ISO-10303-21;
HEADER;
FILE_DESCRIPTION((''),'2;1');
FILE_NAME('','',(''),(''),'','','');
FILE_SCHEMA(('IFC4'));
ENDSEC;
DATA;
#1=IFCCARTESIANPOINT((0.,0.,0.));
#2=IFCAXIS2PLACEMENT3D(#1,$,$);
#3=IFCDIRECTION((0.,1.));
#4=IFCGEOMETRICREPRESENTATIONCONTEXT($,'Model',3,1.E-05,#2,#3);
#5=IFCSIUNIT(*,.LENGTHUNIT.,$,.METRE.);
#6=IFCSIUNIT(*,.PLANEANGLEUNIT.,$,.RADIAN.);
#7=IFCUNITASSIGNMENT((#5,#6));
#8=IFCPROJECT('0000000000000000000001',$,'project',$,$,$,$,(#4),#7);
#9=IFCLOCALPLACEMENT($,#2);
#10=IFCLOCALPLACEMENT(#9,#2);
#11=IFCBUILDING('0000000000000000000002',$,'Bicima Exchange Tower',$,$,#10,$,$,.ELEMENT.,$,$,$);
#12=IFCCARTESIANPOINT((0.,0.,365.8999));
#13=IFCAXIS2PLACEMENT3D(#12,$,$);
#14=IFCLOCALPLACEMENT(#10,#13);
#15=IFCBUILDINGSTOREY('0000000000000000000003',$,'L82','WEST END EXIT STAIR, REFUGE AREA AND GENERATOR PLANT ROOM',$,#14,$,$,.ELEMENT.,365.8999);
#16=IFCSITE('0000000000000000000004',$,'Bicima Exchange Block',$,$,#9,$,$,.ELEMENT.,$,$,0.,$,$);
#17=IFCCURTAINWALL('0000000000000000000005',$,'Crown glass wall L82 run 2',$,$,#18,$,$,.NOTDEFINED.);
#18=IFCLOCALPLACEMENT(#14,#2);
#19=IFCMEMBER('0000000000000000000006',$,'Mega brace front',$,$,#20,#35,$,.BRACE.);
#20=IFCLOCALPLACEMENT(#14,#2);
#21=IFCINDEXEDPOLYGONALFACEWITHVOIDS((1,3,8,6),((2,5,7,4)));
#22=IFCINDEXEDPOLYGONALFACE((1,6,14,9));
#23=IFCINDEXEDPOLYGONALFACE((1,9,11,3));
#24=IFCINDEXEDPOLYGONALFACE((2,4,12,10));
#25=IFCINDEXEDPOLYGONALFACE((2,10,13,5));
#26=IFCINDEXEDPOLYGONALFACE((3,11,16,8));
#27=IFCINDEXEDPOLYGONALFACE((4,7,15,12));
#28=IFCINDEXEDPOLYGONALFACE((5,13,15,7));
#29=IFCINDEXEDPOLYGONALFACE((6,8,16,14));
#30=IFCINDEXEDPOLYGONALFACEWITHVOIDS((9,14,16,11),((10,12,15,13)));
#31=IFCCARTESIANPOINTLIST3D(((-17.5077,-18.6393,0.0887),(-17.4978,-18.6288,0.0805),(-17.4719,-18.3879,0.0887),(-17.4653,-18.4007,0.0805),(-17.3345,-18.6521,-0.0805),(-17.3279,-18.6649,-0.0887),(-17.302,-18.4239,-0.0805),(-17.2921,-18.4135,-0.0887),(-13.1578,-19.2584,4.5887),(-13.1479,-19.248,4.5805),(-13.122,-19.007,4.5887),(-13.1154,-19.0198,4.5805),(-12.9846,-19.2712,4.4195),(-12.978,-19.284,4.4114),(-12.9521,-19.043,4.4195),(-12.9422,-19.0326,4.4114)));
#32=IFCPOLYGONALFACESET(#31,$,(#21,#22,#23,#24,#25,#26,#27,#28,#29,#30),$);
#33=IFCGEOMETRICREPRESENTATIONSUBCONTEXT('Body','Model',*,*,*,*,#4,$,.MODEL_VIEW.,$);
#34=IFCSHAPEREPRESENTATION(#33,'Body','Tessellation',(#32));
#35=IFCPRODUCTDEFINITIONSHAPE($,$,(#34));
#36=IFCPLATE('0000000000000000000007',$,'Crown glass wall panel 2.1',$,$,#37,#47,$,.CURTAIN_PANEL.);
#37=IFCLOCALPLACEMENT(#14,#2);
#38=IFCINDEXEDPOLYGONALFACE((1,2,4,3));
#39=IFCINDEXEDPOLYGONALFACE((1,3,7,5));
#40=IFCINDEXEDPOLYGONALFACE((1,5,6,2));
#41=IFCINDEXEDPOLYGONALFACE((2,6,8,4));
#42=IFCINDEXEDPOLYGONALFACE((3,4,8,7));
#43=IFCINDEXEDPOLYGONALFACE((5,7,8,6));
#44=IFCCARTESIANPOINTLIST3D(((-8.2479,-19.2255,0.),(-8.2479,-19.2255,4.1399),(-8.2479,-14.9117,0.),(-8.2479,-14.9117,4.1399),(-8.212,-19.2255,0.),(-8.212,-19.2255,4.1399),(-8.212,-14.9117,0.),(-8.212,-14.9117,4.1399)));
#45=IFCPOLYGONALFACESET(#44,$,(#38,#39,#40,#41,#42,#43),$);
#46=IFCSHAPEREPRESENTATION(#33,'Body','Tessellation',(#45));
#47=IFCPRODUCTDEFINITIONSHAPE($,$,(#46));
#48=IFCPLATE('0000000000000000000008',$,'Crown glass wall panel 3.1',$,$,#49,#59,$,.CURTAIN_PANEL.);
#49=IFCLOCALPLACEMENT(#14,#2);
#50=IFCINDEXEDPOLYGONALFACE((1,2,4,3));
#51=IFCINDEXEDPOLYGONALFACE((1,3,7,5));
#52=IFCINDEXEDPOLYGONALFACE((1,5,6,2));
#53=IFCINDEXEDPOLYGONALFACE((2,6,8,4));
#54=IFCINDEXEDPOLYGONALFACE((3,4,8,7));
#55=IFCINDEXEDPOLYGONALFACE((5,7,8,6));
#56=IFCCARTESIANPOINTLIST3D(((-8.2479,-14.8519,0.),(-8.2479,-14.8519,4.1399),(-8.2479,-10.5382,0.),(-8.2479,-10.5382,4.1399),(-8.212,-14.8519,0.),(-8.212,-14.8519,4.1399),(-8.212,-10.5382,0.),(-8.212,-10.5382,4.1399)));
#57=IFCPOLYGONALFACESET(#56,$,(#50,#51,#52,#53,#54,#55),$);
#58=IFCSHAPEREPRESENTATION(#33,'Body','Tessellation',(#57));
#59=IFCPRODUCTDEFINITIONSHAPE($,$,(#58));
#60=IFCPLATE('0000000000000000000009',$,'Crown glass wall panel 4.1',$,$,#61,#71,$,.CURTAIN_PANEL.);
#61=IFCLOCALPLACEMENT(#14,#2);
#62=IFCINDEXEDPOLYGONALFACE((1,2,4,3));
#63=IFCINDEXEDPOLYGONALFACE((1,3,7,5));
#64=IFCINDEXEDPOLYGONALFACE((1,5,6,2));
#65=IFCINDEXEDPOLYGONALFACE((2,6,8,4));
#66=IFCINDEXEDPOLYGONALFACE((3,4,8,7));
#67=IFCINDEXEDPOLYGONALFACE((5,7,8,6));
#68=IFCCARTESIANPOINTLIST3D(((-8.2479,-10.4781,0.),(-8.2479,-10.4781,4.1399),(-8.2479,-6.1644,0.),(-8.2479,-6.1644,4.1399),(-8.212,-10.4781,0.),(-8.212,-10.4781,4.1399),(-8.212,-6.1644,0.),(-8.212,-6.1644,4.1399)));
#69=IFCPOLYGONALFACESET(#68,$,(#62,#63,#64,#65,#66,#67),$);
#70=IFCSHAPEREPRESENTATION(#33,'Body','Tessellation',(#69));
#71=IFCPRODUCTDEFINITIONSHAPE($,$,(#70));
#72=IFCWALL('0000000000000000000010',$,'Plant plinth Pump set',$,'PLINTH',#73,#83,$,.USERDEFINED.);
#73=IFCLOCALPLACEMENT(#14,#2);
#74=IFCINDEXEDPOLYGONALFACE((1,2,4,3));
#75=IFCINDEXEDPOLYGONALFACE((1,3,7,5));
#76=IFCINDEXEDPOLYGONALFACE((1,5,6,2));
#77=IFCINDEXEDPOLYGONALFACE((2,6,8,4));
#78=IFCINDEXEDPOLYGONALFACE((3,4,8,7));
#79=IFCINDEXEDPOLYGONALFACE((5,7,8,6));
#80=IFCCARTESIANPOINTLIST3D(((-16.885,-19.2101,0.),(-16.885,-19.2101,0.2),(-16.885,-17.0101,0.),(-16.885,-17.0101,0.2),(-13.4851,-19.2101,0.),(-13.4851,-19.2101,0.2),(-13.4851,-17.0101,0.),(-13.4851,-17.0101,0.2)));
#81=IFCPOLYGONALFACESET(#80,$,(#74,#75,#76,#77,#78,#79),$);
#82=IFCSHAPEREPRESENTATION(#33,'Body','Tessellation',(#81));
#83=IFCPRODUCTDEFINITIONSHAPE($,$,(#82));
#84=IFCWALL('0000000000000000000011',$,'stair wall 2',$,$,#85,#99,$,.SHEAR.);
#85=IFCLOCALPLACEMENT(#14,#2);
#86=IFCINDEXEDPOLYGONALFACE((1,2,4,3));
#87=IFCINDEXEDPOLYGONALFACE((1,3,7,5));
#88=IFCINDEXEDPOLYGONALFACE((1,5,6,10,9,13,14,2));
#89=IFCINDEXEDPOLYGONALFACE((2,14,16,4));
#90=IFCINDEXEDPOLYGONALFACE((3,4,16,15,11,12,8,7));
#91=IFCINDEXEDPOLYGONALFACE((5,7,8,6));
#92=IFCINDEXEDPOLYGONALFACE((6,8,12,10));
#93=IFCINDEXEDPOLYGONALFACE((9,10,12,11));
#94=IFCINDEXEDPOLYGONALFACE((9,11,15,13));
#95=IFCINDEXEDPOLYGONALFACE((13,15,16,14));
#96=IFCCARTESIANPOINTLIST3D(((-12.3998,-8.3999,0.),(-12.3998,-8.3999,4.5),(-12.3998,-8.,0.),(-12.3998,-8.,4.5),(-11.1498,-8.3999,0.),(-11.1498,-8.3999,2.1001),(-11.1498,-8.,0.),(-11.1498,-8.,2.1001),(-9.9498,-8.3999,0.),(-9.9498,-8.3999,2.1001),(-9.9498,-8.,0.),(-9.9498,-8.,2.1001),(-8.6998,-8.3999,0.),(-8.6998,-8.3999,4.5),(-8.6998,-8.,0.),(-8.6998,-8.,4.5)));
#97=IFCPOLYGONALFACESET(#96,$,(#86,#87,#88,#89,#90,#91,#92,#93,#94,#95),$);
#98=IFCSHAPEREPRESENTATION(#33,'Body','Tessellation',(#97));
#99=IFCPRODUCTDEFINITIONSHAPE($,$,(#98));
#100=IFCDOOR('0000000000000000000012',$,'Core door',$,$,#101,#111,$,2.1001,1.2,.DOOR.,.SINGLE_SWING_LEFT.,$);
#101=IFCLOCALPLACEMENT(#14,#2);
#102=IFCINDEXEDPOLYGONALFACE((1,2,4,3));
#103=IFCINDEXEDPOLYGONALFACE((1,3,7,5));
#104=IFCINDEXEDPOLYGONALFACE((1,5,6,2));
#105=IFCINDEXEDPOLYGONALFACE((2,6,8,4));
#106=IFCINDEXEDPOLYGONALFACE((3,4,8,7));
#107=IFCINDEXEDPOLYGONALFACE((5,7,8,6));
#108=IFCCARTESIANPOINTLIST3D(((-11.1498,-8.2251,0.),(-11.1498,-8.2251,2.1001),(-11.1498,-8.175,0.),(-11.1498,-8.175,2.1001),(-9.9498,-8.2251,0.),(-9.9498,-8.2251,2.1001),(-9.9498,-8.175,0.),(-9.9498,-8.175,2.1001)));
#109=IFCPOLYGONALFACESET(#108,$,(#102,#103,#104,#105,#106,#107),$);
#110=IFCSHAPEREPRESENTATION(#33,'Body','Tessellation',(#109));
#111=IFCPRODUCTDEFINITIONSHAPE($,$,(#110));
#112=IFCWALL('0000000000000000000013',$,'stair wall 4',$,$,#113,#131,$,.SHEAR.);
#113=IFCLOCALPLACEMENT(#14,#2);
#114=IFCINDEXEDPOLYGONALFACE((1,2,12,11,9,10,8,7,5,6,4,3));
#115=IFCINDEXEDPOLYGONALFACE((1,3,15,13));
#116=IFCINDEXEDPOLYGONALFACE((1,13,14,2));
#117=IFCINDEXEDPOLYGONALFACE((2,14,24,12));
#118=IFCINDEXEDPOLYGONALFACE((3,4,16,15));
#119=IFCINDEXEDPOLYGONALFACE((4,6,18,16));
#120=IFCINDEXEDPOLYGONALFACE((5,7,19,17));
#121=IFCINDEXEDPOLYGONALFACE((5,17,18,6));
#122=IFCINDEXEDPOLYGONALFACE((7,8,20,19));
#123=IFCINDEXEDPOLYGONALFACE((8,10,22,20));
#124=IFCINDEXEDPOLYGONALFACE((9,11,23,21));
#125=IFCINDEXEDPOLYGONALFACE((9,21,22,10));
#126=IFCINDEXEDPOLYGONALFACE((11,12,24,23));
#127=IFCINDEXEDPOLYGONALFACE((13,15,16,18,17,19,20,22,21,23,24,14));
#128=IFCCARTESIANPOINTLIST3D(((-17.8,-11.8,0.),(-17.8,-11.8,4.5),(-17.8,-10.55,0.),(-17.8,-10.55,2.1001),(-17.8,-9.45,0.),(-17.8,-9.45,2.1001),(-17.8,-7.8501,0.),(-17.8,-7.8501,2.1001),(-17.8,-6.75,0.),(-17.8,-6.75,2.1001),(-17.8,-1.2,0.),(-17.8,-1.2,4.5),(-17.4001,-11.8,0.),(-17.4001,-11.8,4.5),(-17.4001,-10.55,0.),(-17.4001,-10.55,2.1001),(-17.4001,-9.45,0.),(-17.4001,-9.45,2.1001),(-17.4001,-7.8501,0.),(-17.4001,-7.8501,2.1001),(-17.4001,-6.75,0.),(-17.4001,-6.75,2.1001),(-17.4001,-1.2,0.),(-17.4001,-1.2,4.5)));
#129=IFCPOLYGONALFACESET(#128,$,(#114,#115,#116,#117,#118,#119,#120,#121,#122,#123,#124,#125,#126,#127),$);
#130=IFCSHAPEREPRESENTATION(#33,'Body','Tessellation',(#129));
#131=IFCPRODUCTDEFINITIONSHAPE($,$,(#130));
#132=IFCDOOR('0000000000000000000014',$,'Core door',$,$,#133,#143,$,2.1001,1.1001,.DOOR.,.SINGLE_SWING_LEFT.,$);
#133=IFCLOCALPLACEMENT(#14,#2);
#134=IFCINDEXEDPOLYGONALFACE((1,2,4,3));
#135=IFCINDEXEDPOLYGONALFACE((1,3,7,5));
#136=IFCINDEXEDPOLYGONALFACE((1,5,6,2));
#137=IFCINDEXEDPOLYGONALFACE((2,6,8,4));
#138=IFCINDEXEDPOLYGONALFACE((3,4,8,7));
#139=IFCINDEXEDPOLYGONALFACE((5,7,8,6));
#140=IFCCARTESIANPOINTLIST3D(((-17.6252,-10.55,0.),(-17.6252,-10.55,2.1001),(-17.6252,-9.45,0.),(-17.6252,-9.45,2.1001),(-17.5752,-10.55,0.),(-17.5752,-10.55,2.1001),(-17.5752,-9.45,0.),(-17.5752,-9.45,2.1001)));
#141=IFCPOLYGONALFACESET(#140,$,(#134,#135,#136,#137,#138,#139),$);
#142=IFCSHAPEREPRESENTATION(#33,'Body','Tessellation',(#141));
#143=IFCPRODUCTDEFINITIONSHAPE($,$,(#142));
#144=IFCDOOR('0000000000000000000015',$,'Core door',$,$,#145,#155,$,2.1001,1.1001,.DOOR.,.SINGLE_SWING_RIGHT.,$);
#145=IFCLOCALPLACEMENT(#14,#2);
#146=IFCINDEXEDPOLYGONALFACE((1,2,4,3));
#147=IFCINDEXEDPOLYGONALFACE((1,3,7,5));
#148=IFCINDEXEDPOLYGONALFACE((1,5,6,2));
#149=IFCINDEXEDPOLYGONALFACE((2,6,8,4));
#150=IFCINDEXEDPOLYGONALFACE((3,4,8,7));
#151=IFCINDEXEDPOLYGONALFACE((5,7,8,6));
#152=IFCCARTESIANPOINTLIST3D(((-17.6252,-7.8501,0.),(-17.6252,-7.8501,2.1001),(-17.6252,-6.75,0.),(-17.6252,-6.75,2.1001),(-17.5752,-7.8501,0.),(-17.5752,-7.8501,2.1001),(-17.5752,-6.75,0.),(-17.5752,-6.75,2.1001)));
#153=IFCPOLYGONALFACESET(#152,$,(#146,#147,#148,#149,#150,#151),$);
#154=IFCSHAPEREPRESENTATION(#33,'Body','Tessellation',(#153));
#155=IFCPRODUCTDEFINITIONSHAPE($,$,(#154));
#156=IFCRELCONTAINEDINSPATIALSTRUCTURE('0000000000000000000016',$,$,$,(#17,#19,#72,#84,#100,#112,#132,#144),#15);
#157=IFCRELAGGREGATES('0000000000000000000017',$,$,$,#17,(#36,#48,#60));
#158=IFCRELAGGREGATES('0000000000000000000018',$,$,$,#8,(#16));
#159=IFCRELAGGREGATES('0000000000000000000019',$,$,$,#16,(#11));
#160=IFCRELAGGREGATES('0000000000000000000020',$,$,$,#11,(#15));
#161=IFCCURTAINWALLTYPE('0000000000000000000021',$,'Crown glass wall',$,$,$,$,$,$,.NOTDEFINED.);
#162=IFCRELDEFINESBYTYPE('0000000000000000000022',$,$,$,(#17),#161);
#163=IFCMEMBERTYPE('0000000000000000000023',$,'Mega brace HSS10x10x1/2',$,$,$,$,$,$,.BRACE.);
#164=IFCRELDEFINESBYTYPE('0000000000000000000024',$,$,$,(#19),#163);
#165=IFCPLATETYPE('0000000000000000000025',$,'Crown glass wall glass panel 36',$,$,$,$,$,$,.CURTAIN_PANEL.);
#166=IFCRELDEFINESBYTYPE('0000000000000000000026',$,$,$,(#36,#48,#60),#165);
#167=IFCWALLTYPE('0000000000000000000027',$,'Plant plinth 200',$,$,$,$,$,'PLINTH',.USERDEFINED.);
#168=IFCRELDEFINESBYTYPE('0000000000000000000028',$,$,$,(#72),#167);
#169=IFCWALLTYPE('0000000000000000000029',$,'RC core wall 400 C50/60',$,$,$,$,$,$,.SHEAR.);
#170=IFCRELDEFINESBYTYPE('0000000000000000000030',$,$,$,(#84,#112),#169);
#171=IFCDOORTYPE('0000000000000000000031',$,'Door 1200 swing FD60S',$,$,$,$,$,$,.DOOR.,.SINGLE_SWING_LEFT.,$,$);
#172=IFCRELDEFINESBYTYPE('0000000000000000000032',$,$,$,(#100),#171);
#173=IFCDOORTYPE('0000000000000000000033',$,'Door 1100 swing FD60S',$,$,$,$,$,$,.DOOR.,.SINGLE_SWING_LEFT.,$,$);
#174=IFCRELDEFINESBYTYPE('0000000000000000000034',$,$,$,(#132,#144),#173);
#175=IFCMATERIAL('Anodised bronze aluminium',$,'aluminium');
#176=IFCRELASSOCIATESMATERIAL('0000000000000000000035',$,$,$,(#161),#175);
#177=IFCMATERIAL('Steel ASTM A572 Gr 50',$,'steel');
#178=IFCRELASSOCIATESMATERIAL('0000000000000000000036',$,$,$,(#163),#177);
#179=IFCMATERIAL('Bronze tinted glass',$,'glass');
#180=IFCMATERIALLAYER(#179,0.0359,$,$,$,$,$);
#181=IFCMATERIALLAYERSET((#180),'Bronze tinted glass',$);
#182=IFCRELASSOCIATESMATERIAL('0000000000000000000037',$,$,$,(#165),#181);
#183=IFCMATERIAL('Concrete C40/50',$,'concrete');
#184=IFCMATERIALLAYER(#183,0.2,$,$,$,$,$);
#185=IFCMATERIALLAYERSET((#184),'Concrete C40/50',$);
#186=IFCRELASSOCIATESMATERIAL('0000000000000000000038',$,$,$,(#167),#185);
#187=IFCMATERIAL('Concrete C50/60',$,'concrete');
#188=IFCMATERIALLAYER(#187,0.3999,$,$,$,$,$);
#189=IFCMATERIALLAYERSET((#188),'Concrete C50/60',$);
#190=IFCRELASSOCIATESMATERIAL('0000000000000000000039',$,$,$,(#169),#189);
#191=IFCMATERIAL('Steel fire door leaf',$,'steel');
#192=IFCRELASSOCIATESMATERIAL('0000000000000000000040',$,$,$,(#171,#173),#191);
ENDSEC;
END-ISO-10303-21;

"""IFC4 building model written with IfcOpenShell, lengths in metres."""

from ifc_helpers import new_model, si_unit, direction, frame, frame_2d, origin, origin_2d, place, context, subcontext, project, spatial, rectangle, hollow_rectangle, extrude, material, layer, layer_set, material_profile, profile_set, type_object, element, fill, aggregate, save


model = new_model("IFC4")

# Units and contexts
model_context = context("Model", 3, precision=1e-05, world=origin(), true_north=direction((0.0, 1.0)))
body_context = subcontext(model_context, "Body", "Model", "MODEL_VIEW")
ifc_project = project(units=[si_unit("LENGTHUNIT", "METRE"), si_unit("PLANEANGLEUNIT", "RADIAN")], contexts=[model_context])

# Site, building, storey
site_placement = place(None, origin())
site = spatial("IfcSite", under=ifc_project, at=site_placement, Name="Bicima Exchange Block", CompositionType="ELEMENT", RefElevation=0.0)
building_placement = place(site_placement, origin())
building = spatial("IfcBuilding", under=site, at=building_placement, Name="Bicima Exchange Tower", CompositionType="ELEMENT")
storey_placement = place(building_placement, frame((0.0, 0.0, 365.8999)))
storey = spatial("IfcBuildingStorey", under=building, at=storey_placement, Name="L82", Description="WEST END EXIT STAIR, REFUGE AREA AND GENERATOR PLANT ROOM", CompositionType="ELEMENT", Elevation=365.8999)

# Curtain wall
ifc_material_1 = material(Name="Anodised bronze aluminium", Category="aluminium")
curtain_wall_type = type_object("IfcCurtainWallType", Name="Crown glass wall", PredefinedType="NOTDEFINED", material=ifc_material_1)
curtain_wall_placement = place(storey_placement, origin())
curtain_wall = element("IfcCurtainWall", 1, at=curtain_wall_placement, inside=storey, type_object=curtain_wall_type, Name="Crown glass wall L82 run 2", PredefinedType="NOTDEFINED")

# Member
ifc_material_2 = material(Name="Steel ASTM A572 Gr 50", Category="steel")
ifc_material_profile_1 = material_profile(ifc_material_2, hollow_rectangle(XDim=0.2539, YDim=0.2539, WallThickness=0.0117, at=origin_2d()))
ifc_profile_set_1 = profile_set([ifc_material_profile_1], Name="Steel ASTM A572 Gr 50")
member_type_1 = type_object("IfcMemberType", Name="Mega brace HSS10x10x1/2", PredefinedType="BRACE", material=ifc_profile_set_1)
member_1_placement = place(storey_placement, frame((-17.3999, -18.5264, 0.0), z_axis=(0.691634, -0.098444, 0.715508), x_axis=(0.140916, 0.990022, 0.0)))
element("IfcMember", 2, at=member_1_placement, inside=storey, type_object=member_type_1, Name="Mega brace front", PredefinedType="BRACE", context=body_context, shape_type="SweptSolid", body=[
    extrude(hollow_rectangle(XDim=0.2539, YDim=0.2539, WallThickness=0.0117, at=origin_2d()), origin(), (0.0, 0.0, 1.0), 6.2893),
])

# Plates
ifc_material_3 = material(Name="Bronze tinted glass", Category="glass")
ifc_layer_1 = layer(ifc_material_3, 0.0359)
ifc_layer_set_1 = layer_set([ifc_layer_1], Name="Bronze tinted glass")
plate_type = type_object("IfcPlateType", Name="Crown glass wall glass panel 36", PredefinedType="CURTAIN_PANEL", material=ifc_layer_set_1)
plate_1_placement = place(storey_placement, frame((-8.23, -17.0686, 0.0), z_axis=(0.0, 0.0, 1.0), x_axis=(0.0, 1.0, 0.0)))
plate_1 = element("IfcPlate", 3, at=plate_1_placement, type_object=plate_type, Name="Crown glass wall panel 2.1", PredefinedType="CURTAIN_PANEL", context=body_context, shape_type="SweptSolid", body=[
    extrude(rectangle(XDim=4.3137, YDim=0.0359, at=origin_2d()), origin(), (0.0, 0.0, 1.0), 4.1399),
])
plate_2_placement = place(storey_placement, frame((-8.23, -12.6951, 0.0), z_axis=(0.0, 0.0, 1.0), x_axis=(0.0, 1.0, 0.0)))
plate_2 = element("IfcPlate", 4, at=plate_2_placement, type_object=plate_type, Name="Crown glass wall panel 3.1", PredefinedType="CURTAIN_PANEL", context=body_context, shape_type="SweptSolid", body=[
    extrude(rectangle(XDim=4.3137, YDim=0.0359, at=origin_2d()), origin(), (0.0, 0.0, 1.0), 4.1399),
])
plate_3_placement = place(storey_placement, frame((-8.23, -8.3213, 0.0), z_axis=(0.0, 0.0, 1.0), x_axis=(0.0, 1.0, 0.0)))
plate_3 = element("IfcPlate", 5, at=plate_3_placement, type_object=plate_type, Name="Crown glass wall panel 4.1", PredefinedType="CURTAIN_PANEL", context=body_context, shape_type="SweptSolid", body=[
    extrude(rectangle(XDim=4.3137, YDim=0.0359, at=origin_2d()), origin(), (0.0, 0.0, 1.0), 4.1399),
])
aggregate(curtain_wall, [plate_1, plate_2, plate_3])

# Wall
ifc_material_4 = material(Name="Concrete C40/50", Category="concrete")
ifc_layer_2 = layer(ifc_material_4, 0.2)
ifc_layer_set_2 = layer_set([ifc_layer_2], Name="Concrete C40/50")
wall_type_1 = type_object("IfcWallType", Name="Plant plinth 200", ElementType="PLINTH", PredefinedType="USERDEFINED", material=ifc_layer_set_2)
wall_1_placement = place(storey_placement, frame((-15.1851, -18.1101, 0.0), z_axis=(0.0, 0.0, 1.0), x_axis=(1.0, 0.0, 0.0)))
element("IfcWall", 6, at=wall_1_placement, inside=storey, type_object=wall_type_1, Name="Plant plinth Pump set", ObjectType="PLINTH", PredefinedType="USERDEFINED", context=body_context, shape_type="SweptSolid", body=[
    extrude(rectangle(XDim=3.3999, YDim=2.2, at=origin_2d()), origin(), (0.0, 0.0, 1.0), 0.2),
])

# Wall, opening, door
ifc_material_5 = material(Name="Concrete C50/60", Category="concrete")
ifc_layer_3 = layer(ifc_material_5, 0.3999)
ifc_layer_set_3 = layer_set([ifc_layer_3], Name="Concrete C50/60")
wall_type_2 = type_object("IfcWallType", Name="RC core wall 400 C50/60", PredefinedType="SHEAR", material=ifc_layer_set_3)
wall_2_placement = place(storey_placement, frame((-12.3999, -8.2, 0.0), z_axis=(0.0, 0.0, 1.0), x_axis=(1.0, 0.0, 0.0)))
wall_2 = element("IfcWall", 7, at=wall_2_placement, inside=storey, type_object=wall_type_2, Name="stair wall 2", PredefinedType="SHEAR", context=body_context, shape_type="SweptSolid", body=[
    extrude(rectangle(XDim=3.7, YDim=0.3999, at=frame_2d((1.8501, 0.0))), origin(), (0.0, 0.0, 1.0), 4.5),
])
opening_1_placement = place(wall_2_placement, frame((1.25, 0.0, 0.0)))
opening_1 = element("IfcOpeningElement", 8, at=opening_1_placement, cuts=wall_2, PredefinedType="OPENING", context=body_context, shape_type="SweptSolid", body=[
    extrude(rectangle(XDim=1.2, YDim=2.1001, at=frame_2d((0.6001, 1.05))), frame((0.0, 0.2119, 0.0), z_axis=(0.0, -1.0, 0.0), x_axis=(1.0, 0.0, 0.0)), (0.0, 0.0, 1.0), 0.4238),
])
ifc_material_6 = material(Name="Steel fire door leaf", Category="steel")
door_type_1 = type_object("IfcDoorType", Name="Door 1200 swing FD60S", OperationType="SINGLE_SWING_LEFT", PredefinedType="DOOR", material=ifc_material_6)
door_1_placement = place(opening_1_placement, origin())
door_1 = element("IfcDoor", 9, at=door_1_placement, inside=storey, type_object=door_type_1, Name="Core door", OperationType="SINGLE_SWING_LEFT", OverallHeight=2.1001, OverallWidth=1.2, PredefinedType="DOOR", context=body_context, shape_type="SweptSolid", body=[
    extrude(rectangle(XDim=1.2, YDim=2.1001, at=frame_2d((0.6001, 1.05))), frame((0.0, 0.0249, 0.0), z_axis=(0.0, -1.0, 0.0), x_axis=(1.0, 0.0, 0.0)), (0.0, 0.0, 1.0), 0.05),
])
fill(opening_1, door_1)

# Wall, openings, doors
wall_3_placement = place(storey_placement, frame((-17.6001, -11.8, 0.0), z_axis=(0.0, 0.0, 1.0), x_axis=(0.0, 1.0, 0.0)))
wall_3 = element("IfcWall", 10, at=wall_3_placement, inside=storey, type_object=wall_type_2, Name="stair wall 4", PredefinedType="SHEAR", context=body_context, shape_type="SweptSolid", body=[
    extrude(rectangle(XDim=10.6001, YDim=0.3999, at=frame_2d((5.3, 0.0))), origin(), (0.0, 0.0, 1.0), 4.5),
])
opening_2_placement = place(wall_3_placement, frame((1.25, 0.0, 0.0)))
opening_2 = element("IfcOpeningElement", 11, at=opening_2_placement, cuts=wall_3, PredefinedType="OPENING", context=body_context, shape_type="SweptSolid", body=[
    extrude(rectangle(XDim=1.1001, YDim=2.1001, at=frame_2d((0.55, 1.05))), frame((0.0, 0.2119, 0.0), z_axis=(0.0, -1.0, 0.0), x_axis=(1.0, 0.0, 0.0)), (0.0, 0.0, 1.0), 0.4238),
])
opening_3_placement = place(wall_3_placement, frame((3.95, 0.0, 0.0)))
opening_3 = element("IfcOpeningElement", 12, at=opening_3_placement, cuts=wall_3, PredefinedType="OPENING", context=body_context, shape_type="SweptSolid", body=[
    extrude(rectangle(XDim=1.1001, YDim=2.1001, at=frame_2d((0.55, 1.05))), frame((0.0, 0.2119, 0.0), z_axis=(0.0, -1.0, 0.0), x_axis=(1.0, 0.0, 0.0)), (0.0, 0.0, 1.0), 0.4238),
])
door_type_2 = type_object("IfcDoorType", Name="Door 1100 swing FD60S", OperationType="SINGLE_SWING_LEFT", PredefinedType="DOOR", material=ifc_material_6)
door_2_placement = place(opening_2_placement, frame((1.1001, 0.0, 0.0), z_axis=(0.0, 0.0, 1.0), x_axis=(-1.0, 0.0, 0.0)))
door_2 = element("IfcDoor", 13, at=door_2_placement, inside=storey, type_object=door_type_2, Name="Core door", OperationType="SINGLE_SWING_LEFT", OverallHeight=2.1001, OverallWidth=1.1001, PredefinedType="DOOR", context=body_context, shape_type="SweptSolid", body=[
    extrude(rectangle(XDim=1.1001, YDim=2.1001, at=frame_2d((0.55, 1.05))), frame((0.0, 0.0249, 0.0), z_axis=(0.0, -1.0, 0.0), x_axis=(1.0, 0.0, 0.0)), (0.0, 0.0, 1.0), 0.05),
])
fill(opening_2, door_2)
door_3_placement = place(opening_3_placement, frame((1.1001, 0.0, 0.0), z_axis=(0.0, 0.0, 1.0), x_axis=(-1.0, 0.0, 0.0)))
door_3 = element("IfcDoor", 14, at=door_3_placement, inside=storey, type_object=door_type_2, Name="Core door", OperationType="SINGLE_SWING_RIGHT", OverallHeight=2.1001, OverallWidth=1.1001, PredefinedType="DOOR", context=body_context, shape_type="SweptSolid", body=[
    extrude(rectangle(XDim=1.1001, YDim=2.1001, at=frame_2d((0.55, 1.05))), frame((0.0, 0.0249, 0.0), z_axis=(0.0, -1.0, 0.0), x_axis=(1.0, 0.0, 0.0)), (0.0, 0.0, 1.0), 0.05),
])
fill(opening_3, door_3)

save(model, "model.ifc")
